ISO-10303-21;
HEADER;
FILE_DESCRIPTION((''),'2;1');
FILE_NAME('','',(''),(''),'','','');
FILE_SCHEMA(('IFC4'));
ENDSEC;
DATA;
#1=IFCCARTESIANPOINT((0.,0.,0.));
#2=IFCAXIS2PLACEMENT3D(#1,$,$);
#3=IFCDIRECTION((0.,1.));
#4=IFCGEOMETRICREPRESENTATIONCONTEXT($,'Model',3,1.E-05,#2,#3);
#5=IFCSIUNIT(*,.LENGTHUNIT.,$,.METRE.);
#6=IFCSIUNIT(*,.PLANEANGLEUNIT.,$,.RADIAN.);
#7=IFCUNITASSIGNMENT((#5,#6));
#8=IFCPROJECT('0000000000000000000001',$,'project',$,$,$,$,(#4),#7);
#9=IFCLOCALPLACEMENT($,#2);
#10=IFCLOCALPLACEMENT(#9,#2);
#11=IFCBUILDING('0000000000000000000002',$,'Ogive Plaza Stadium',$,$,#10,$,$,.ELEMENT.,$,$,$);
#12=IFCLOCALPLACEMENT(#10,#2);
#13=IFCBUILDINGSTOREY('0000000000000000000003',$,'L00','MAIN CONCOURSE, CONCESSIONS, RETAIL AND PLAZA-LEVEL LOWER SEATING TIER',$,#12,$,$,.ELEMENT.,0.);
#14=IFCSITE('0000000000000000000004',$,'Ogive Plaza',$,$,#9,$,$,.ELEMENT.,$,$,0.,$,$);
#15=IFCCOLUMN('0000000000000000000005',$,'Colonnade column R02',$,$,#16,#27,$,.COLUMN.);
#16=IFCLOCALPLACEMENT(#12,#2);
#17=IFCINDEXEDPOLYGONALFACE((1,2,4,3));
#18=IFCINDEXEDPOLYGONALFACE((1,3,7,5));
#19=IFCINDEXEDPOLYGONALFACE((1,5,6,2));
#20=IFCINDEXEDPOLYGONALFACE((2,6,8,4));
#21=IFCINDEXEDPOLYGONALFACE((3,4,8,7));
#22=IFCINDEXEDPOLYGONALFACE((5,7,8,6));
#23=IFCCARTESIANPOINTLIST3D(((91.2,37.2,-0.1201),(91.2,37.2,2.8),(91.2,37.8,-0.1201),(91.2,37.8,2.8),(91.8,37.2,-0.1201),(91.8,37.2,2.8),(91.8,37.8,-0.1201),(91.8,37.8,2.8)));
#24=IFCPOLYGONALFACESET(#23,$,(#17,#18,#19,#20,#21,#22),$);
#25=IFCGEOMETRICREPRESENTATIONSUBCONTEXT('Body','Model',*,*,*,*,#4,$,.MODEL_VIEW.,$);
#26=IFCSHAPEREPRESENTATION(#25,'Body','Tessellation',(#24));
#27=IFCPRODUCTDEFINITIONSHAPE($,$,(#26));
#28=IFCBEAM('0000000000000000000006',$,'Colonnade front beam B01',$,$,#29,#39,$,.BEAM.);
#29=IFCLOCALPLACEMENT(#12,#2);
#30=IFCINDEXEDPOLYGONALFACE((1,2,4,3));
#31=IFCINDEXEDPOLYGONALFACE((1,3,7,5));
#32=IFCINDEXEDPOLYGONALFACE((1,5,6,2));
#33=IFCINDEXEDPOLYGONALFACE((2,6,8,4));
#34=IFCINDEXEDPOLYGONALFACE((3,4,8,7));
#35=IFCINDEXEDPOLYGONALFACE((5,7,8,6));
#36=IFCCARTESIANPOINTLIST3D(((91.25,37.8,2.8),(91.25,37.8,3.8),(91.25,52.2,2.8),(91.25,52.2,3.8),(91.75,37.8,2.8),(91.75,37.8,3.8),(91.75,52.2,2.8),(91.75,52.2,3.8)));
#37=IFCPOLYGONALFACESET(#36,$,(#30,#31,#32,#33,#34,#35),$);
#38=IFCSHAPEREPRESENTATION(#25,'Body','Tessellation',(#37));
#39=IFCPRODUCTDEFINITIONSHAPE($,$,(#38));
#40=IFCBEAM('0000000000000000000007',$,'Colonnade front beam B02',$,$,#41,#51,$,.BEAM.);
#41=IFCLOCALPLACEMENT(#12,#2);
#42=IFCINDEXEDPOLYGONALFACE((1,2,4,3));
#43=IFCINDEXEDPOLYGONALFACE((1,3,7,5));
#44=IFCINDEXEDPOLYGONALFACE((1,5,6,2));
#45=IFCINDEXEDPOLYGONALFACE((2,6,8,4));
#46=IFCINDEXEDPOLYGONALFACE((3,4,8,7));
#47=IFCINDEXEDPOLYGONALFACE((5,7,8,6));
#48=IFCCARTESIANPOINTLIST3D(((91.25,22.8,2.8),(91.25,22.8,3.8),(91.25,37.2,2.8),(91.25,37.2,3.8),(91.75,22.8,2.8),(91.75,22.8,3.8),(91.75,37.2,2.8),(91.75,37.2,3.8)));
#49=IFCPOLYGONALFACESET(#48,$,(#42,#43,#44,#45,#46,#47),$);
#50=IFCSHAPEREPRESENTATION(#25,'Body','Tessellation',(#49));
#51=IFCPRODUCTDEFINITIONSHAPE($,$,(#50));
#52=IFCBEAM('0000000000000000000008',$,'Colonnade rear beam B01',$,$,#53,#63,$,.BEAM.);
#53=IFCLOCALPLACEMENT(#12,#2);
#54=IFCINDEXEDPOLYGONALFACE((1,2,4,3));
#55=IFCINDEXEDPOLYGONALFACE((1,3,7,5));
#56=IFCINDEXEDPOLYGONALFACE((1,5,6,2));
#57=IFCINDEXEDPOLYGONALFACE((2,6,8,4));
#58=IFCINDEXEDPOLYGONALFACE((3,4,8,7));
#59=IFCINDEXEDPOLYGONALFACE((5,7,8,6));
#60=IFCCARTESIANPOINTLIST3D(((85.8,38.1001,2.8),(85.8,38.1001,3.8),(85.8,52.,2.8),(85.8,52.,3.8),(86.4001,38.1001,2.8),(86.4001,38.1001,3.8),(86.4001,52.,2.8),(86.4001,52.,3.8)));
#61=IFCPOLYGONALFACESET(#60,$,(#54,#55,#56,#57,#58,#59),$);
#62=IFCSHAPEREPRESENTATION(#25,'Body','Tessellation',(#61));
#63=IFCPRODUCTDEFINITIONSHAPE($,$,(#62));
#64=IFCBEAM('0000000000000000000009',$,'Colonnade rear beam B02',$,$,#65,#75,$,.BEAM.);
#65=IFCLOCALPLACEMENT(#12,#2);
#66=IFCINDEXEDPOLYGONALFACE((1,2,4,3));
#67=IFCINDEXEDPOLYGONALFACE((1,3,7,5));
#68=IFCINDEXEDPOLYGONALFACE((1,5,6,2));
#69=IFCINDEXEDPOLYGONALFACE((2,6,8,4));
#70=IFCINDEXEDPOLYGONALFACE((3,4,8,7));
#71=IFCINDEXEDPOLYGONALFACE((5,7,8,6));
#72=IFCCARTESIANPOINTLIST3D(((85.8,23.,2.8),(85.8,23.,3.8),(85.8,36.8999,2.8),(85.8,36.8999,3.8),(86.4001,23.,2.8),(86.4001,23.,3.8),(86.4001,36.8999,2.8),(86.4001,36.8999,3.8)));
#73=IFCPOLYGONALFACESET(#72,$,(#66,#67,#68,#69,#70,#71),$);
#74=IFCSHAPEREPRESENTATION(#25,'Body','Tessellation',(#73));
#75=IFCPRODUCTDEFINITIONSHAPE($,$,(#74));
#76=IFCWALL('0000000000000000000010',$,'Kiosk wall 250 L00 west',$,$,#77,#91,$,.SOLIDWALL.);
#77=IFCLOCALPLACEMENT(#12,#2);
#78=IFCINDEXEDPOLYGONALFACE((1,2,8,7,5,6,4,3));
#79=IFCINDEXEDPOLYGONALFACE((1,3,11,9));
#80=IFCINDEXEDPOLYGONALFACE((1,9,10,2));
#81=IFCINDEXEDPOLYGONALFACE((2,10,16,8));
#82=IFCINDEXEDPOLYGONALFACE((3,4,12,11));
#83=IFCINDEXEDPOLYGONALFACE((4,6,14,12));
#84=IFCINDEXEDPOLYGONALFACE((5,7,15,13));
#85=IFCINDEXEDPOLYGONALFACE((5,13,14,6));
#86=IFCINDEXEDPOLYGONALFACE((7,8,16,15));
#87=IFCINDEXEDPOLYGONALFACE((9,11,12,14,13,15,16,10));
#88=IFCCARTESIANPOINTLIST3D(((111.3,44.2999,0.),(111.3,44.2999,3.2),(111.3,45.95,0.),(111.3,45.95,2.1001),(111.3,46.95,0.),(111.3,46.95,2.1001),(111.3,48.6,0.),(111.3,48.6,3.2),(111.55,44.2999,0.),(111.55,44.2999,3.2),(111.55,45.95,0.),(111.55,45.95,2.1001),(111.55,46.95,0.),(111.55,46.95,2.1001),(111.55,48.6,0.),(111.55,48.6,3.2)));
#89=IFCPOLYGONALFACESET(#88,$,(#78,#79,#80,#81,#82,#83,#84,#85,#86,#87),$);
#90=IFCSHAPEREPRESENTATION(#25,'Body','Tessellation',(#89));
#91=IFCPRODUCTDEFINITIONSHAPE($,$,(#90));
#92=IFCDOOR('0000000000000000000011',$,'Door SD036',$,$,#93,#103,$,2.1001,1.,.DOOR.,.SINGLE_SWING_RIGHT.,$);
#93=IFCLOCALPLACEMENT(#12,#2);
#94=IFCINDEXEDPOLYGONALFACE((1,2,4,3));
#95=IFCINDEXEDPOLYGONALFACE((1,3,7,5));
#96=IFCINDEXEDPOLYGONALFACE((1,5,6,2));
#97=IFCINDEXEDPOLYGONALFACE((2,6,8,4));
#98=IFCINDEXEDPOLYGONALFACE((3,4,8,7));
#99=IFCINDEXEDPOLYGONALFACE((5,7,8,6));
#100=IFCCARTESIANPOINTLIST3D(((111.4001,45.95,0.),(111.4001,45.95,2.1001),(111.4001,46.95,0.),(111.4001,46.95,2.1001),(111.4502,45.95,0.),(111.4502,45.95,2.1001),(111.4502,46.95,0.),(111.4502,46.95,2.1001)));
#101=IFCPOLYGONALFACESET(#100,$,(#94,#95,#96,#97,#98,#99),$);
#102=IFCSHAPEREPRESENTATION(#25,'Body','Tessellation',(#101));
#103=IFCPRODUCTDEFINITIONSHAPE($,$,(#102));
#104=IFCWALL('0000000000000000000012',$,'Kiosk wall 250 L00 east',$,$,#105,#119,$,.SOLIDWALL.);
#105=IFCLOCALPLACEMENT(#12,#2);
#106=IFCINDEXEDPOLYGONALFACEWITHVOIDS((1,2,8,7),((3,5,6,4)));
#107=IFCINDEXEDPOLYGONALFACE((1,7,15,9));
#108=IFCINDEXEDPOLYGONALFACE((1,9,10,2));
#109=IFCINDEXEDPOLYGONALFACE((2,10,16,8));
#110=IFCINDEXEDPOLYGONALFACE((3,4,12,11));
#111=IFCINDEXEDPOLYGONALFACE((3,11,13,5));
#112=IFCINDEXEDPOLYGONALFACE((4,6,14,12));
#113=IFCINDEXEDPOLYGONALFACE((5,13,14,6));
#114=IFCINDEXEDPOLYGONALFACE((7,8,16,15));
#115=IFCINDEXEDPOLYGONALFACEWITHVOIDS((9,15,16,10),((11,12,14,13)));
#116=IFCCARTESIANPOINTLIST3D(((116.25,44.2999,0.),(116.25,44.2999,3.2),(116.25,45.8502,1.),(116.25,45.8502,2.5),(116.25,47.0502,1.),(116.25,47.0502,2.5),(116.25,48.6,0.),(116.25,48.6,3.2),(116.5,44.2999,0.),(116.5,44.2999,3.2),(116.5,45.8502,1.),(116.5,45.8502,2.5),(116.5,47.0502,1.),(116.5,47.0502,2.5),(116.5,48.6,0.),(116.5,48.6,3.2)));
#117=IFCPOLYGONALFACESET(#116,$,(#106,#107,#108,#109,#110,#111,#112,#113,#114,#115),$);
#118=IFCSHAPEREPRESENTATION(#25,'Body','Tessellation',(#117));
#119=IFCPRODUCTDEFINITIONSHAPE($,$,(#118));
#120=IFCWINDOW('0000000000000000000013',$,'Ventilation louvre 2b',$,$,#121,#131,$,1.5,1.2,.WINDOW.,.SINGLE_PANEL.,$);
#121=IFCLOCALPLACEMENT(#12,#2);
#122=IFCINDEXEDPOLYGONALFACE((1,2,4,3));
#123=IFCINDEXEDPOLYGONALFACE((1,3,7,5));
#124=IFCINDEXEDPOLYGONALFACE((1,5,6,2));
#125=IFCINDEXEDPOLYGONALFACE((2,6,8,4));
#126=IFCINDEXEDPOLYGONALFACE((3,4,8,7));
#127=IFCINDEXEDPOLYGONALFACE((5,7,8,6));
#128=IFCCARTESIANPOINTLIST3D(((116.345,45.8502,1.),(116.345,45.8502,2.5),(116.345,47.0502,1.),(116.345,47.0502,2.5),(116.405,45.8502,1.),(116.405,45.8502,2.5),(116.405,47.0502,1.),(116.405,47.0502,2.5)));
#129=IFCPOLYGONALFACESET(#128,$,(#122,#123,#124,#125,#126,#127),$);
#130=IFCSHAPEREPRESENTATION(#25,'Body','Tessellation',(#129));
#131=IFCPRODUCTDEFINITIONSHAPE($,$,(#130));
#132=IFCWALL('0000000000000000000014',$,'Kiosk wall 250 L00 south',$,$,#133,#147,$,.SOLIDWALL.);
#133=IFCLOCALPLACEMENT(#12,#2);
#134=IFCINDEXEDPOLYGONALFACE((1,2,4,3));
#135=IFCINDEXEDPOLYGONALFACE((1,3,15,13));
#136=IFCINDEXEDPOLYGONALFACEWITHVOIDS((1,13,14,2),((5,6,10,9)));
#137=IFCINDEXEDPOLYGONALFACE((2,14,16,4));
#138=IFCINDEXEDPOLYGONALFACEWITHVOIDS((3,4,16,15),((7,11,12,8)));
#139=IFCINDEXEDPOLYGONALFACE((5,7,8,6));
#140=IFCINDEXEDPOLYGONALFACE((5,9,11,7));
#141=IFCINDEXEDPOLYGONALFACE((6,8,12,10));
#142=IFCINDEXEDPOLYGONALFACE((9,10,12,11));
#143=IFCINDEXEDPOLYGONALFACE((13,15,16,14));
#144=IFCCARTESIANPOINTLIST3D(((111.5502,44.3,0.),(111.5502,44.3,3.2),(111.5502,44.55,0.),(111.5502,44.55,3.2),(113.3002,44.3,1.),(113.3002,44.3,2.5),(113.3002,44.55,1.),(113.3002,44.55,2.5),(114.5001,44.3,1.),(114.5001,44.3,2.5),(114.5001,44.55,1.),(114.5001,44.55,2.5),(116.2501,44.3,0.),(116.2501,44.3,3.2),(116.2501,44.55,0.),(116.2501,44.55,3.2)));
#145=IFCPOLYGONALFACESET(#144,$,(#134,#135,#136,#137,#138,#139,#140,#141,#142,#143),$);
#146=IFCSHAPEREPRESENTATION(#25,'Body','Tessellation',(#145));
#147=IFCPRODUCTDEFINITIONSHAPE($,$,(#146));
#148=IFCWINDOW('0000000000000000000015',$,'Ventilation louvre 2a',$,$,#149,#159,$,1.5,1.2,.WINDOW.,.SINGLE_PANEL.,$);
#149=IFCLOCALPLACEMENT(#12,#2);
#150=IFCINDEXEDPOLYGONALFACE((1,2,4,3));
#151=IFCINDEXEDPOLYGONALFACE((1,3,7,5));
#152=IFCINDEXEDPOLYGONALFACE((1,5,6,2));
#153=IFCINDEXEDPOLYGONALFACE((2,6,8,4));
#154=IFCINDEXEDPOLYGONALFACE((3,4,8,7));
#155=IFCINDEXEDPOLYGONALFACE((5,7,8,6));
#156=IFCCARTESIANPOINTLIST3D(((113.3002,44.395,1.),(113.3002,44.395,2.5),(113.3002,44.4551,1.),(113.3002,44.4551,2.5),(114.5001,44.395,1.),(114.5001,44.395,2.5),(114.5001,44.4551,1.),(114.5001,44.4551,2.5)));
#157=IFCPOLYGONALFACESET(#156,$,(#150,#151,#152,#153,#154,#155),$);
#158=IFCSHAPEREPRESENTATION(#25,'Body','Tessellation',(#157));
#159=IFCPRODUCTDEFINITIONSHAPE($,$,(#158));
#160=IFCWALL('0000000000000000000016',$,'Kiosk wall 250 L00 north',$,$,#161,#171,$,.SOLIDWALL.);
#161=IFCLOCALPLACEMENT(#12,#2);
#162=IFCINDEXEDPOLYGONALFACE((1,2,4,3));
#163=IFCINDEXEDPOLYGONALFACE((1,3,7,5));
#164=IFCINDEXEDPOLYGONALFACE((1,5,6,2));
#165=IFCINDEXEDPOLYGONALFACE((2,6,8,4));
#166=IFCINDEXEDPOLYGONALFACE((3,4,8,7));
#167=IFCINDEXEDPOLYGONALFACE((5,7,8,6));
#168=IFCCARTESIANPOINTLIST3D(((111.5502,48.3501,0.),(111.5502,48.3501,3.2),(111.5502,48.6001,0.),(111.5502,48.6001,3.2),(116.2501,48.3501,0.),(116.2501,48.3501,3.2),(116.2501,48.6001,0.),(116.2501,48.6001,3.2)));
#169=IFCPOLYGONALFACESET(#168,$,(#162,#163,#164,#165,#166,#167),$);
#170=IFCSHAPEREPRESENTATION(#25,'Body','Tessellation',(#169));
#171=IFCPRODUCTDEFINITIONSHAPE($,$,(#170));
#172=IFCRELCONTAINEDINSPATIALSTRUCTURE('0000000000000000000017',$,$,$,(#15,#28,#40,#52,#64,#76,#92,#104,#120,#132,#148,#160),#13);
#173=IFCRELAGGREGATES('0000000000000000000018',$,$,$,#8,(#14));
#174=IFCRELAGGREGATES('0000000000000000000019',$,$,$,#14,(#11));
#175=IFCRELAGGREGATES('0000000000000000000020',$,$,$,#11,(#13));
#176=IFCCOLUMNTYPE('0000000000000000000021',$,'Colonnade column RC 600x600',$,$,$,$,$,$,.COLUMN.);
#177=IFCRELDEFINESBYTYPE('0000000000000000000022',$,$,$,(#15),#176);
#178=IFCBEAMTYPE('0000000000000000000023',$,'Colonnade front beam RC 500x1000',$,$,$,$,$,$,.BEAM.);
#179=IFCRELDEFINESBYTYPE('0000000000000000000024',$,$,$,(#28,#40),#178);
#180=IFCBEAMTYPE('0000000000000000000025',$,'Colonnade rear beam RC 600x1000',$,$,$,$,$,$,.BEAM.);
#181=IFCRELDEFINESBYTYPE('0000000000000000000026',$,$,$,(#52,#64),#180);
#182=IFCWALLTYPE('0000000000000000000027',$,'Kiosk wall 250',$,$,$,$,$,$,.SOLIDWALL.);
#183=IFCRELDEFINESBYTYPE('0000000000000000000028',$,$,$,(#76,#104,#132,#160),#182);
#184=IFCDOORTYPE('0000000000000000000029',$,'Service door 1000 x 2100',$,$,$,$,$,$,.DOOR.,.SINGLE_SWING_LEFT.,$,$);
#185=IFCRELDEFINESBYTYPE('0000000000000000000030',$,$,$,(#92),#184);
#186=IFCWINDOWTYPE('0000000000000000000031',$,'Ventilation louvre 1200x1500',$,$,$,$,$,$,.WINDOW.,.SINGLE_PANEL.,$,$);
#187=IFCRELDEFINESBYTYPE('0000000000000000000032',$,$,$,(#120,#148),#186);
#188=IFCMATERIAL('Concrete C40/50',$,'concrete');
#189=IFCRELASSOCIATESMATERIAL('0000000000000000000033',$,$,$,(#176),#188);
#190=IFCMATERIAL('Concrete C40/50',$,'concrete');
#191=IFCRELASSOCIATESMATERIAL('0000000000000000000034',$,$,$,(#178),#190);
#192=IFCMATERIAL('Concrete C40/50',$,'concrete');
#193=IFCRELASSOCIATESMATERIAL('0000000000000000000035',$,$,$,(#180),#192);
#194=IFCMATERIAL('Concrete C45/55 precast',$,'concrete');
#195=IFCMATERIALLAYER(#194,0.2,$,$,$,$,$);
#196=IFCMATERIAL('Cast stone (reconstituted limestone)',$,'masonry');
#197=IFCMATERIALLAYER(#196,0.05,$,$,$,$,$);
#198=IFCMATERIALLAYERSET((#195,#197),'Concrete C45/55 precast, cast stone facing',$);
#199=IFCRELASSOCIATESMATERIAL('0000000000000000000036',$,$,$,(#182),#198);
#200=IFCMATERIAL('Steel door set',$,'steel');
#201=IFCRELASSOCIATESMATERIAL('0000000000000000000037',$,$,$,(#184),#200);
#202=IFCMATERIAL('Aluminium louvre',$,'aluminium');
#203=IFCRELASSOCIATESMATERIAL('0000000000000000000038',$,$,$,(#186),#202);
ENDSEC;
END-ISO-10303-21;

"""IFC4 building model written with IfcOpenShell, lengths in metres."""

from ifc_helpers import new_model, si_unit, direction, frame, frame_2d, origin, origin_2d, place, context, subcontext, project, spatial, rectangle, extrude, material, layer, layer_set, material_profile, profile_set, type_object, element, fill, save


model = new_model("IFC4")

# Units and contexts
model_context = context("Model", 3, precision=1e-05, world=origin(), true_north=direction((0.0, 1.0)))
body_context = subcontext(model_context, "Body", "Model", "MODEL_VIEW")
ifc_project = project(units=[si_unit("LENGTHUNIT", "METRE"), si_unit("PLANEANGLEUNIT", "RADIAN")], contexts=[model_context])

# Site, building, storey
site_placement = place(None, origin())
site = spatial("IfcSite", under=ifc_project, at=site_placement, Name="Ogive Plaza", CompositionType="ELEMENT", RefElevation=0.0)
building_placement = place(site_placement, origin())
building = spatial("IfcBuilding", under=site, at=building_placement, Name="Ogive Plaza Stadium", CompositionType="ELEMENT")
storey_placement = place(building_placement, origin())
storey = spatial("IfcBuildingStorey", under=building, at=storey_placement, Name="L00", Description="MAIN CONCOURSE, CONCESSIONS, RETAIL AND PLAZA-LEVEL LOWER SEATING TIER", CompositionType="ELEMENT", Elevation=0.0)

# Column
ifc_material_1 = material(Name="Concrete C40/50", Category="concrete")
ifc_material_profile_1 = material_profile(ifc_material_1, rectangle(XDim=0.6001, YDim=0.6001, at=origin_2d()), Name="RC 600x600")
ifc_profile_set_1 = profile_set([ifc_material_profile_1], Name="Concrete C40/50")
column_type = type_object("IfcColumnType", Name="Colonnade column RC 600x600", PredefinedType="COLUMN", material=ifc_profile_set_1)
column_placement = place(storey_placement, frame((91.5, 37.5, -0.1201), z_axis=(0.0, 0.0, 1.0), x_axis=(1.0, 0.0, 0.0)))
element("IfcColumn", 1, at=column_placement, inside=storey, type_object=column_type, Name="Colonnade column R02", PredefinedType="COLUMN", context=body_context, shape_type="SweptSolid", body=[
    extrude(rectangle(XDim=0.6001, YDim=0.6001, at=origin_2d()), origin(), (0.0, 0.0, 1.0), 2.9202),
])

# Beams
ifc_material_2 = material(Name="Concrete C40/50", Category="concrete")
ifc_material_profile_2 = material_profile(ifc_material_2, rectangle(XDim=0.5, YDim=1.0, at=origin_2d()), Name="RC 500x1000")
ifc_profile_set_2 = profile_set([ifc_material_profile_2], Name="Concrete C40/50")
beam_type_1 = type_object("IfcBeamType", Name="Colonnade front beam RC 500x1000", PredefinedType="BEAM", material=ifc_profile_set_2)
for number, where, z_axis, x_axis, name in (
    (2, (91.5, 52.2, 3.3), (0.0, -1.0, 0.0), (1.0, 0.0, 0.0), "Colonnade front beam B01"),
    (3, (91.5, 37.2, 3.3), (0.0, -1.0, 0.0), (1.0, 0.0, 0.0), "Colonnade front beam B02"),
):
    element("IfcBeam", number, at=place(storey_placement, frame(where, z_axis=z_axis, x_axis=x_axis)), inside=storey, type_object=beam_type_1, Name=name, PredefinedType="BEAM", context=body_context, shape_type="SweptSolid", body=[
        extrude(rectangle(XDim=0.5, YDim=1.0, at=origin_2d()), origin(), (0.0, 0.0, 1.0), 14.3999),
    ])
ifc_material_3 = material(Name="Concrete C40/50", Category="concrete")
ifc_material_profile_3 = material_profile(ifc_material_3, rectangle(XDim=0.6001, YDim=1.0, at=origin_2d()), Name="RC 600x1000")
ifc_profile_set_3 = profile_set([ifc_material_profile_3], Name="Concrete C40/50")
beam_type_2 = type_object("IfcBeamType", Name="Colonnade rear beam RC 600x1000", PredefinedType="BEAM", material=ifc_profile_set_3)
for number, where, z_axis, x_axis, name in (
    (4, (86.1001, 52.0, 3.3), (0.0, -1.0, 0.0), (1.0, 0.0, 0.0), "Colonnade rear beam B01"),
    (5, (86.1001, 36.8999, 3.3), (0.0, -1.0, 0.0), (1.0, 0.0, 0.0), "Colonnade rear beam B02"),
):
    element("IfcBeam", number, at=place(storey_placement, frame(where, z_axis=z_axis, x_axis=x_axis)), inside=storey, type_object=beam_type_2, Name=name, PredefinedType="BEAM", context=body_context, shape_type="SweptSolid", body=[
        extrude(rectangle(XDim=0.6001, YDim=1.0, at=origin_2d()), origin(), (0.0, 0.0, 1.0), 13.8999),
    ])

# Wall, opening, door
ifc_material_4 = material(Name="Concrete C45/55 precast", Category="concrete")
ifc_layer_1 = layer(ifc_material_4, 0.2)
ifc_material_5 = material(Name="Cast stone (reconstituted limestone)", Category="masonry")
ifc_layer_2 = layer(ifc_material_5, 0.05)
ifc_layer_set_1 = layer_set([ifc_layer_1, ifc_layer_2], Name="Concrete C45/55 precast, cast stone facing")
wall_type_1 = type_object("IfcWallType", Name="Kiosk wall 250", PredefinedType="SOLIDWALL", material=ifc_layer_set_1)
wall_1_placement = place(storey_placement, frame((111.425, 44.3, 0.0), z_axis=(0.0, 0.0, 1.0), x_axis=(0.0, 1.0, 0.0)))
wall_1 = element("IfcWall", 6, at=wall_1_placement, inside=storey, type_object=wall_type_1, Name="Kiosk wall 250 L00 west", PredefinedType="SOLIDWALL", context=body_context, shape_type="SweptSolid", body=[
    extrude(rectangle(XDim=4.3, YDim=0.25, at=frame_2d((2.1499, 0.0))), origin(), (0.0, 0.0, 1.0), 3.2),
])
opening_1_placement = place(wall_1_placement, frame((1.6499, 0.0, 0.0)))
opening_1 = element("IfcOpeningElement", 7, at=opening_1_placement, cuts=wall_1, PredefinedType="OPENING", context=body_context, shape_type="SweptSolid", body=[
    extrude(rectangle(XDim=1.0, YDim=2.1001, at=frame_2d((0.5, 1.05))), frame((0.0, 0.125, 0.0), z_axis=(0.0, -1.0, 0.0), x_axis=(1.0, 0.0, 0.0)), (0.0, 0.0, 1.0), 0.25),
])
ifc_material_6 = material(Name="Steel door set", Category="steel")
door_type = type_object("IfcDoorType", Name="Service door 1000 x 2100", OperationType="SINGLE_SWING_LEFT", PredefinedType="DOOR", material=ifc_material_6)
door_placement = place(opening_1_placement, origin())
door = element("IfcDoor", 8, at=door_placement, inside=storey, type_object=door_type, Name="Door SD036", OperationType="SINGLE_SWING_RIGHT", OverallHeight=2.1001, OverallWidth=1.0, PredefinedType="DOOR", context=body_context, shape_type="SweptSolid", body=[
    extrude(rectangle(XDim=1.0, YDim=2.1001, at=frame_2d((0.5, 1.05))), frame((0.0, 0.0249, 0.0), z_axis=(0.0, -1.0, 0.0), x_axis=(1.0, 0.0, 0.0)), (0.0, 0.0, 1.0), 0.05),
])
fill(opening_1, door)

# Walls, openings, windows
wall_2_placement = place(storey_placement, frame((116.375, 44.3, 0.0), z_axis=(0.0, 0.0, 1.0), x_axis=(0.0, 1.0, 0.0)))
wall_2 = element("IfcWall", 9, at=wall_2_placement, inside=storey, type_object=wall_type_1, Name="Kiosk wall 250 L00 east", PredefinedType="SOLIDWALL", context=body_context, shape_type="SweptSolid", body=[
    extrude(rectangle(XDim=4.3, YDim=0.25, at=frame_2d((2.1499, 0.0))), origin(), (0.0, 0.0, 1.0), 3.2),
])
opening_2_placement = place(wall_2_placement, frame((1.55, 0.0, 1.0)))
opening_2 = element("IfcOpeningElement", 10, at=opening_2_placement, cuts=wall_2, PredefinedType="OPENING", context=body_context, shape_type="SweptSolid", body=[
    extrude(rectangle(XDim=1.2, YDim=1.5, at=frame_2d((0.6001, 0.75))), frame((0.0, 0.125, 0.0), z_axis=(0.0, -1.0, 0.0), x_axis=(1.0, 0.0, 0.0)), (0.0, 0.0, 1.0), 0.25),
])
ifc_material_7 = material(Name="Aluminium louvre", Category="aluminium")
window_type = type_object("IfcWindowType", Name="Ventilation louvre 1200x1500", PartitioningType="SINGLE_PANEL", PredefinedType="WINDOW", material=ifc_material_7)
window_1_placement = place(opening_2_placement, origin())
window_1 = element("IfcWindow", 11, at=window_1_placement, inside=storey, type_object=window_type, Name="Ventilation louvre 2b", OverallHeight=1.5, OverallWidth=1.2, PartitioningType="SINGLE_PANEL", PredefinedType="WINDOW", context=body_context, shape_type="SweptSolid", body=[
    extrude(rectangle(XDim=1.2, YDim=1.5, at=frame_2d((0.6001, 0.75))), frame((0.0, 0.03, 0.0), z_axis=(0.0, -1.0, 0.0), x_axis=(1.0, 0.0, 0.0)), (0.0, 0.0, 1.0), 0.0601),
])
fill(opening_2, window_1)
wall_3_placement = place(storey_placement, frame((111.55, 44.425, 0.0), z_axis=(0.0, 0.0, 1.0), x_axis=(1.0, 0.0, 0.0)))
wall_3 = element("IfcWall", 12, at=wall_3_placement, inside=storey, type_object=wall_type_1, Name="Kiosk wall 250 L00 south", PredefinedType="SOLIDWALL", context=body_context, shape_type="SweptSolid", body=[
    extrude(rectangle(XDim=4.7, YDim=0.25, at=frame_2d((2.3501, 0.0))), origin(), (0.0, 0.0, 1.0), 3.2),
])
opening_3_placement = place(wall_3_placement, frame((1.75, 0.0, 1.0)))
opening_3 = element("IfcOpeningElement", 13, at=opening_3_placement, cuts=wall_3, PredefinedType="OPENING", context=body_context, shape_type="SweptSolid", body=[
    extrude(rectangle(XDim=1.2, YDim=1.5, at=frame_2d((0.6001, 0.75))), frame((0.0, 0.125, 0.0), z_axis=(0.0, -1.0, 0.0), x_axis=(1.0, 0.0, 0.0)), (0.0, 0.0, 1.0), 0.25),
])
window_2_placement = place(opening_3_placement, origin())
window_2 = element("IfcWindow", 14, at=window_2_placement, inside=storey, type_object=window_type, Name="Ventilation louvre 2a", OverallHeight=1.5, OverallWidth=1.2, PartitioningType="SINGLE_PANEL", PredefinedType="WINDOW", context=body_context, shape_type="SweptSolid", body=[
    extrude(rectangle(XDim=1.2, YDim=1.5, at=frame_2d((0.6001, 0.75))), frame((0.0, 0.03, 0.0), z_axis=(0.0, -1.0, 0.0), x_axis=(1.0, 0.0, 0.0)), (0.0, 0.0, 1.0), 0.0601),
])
fill(opening_3, window_2)

# Wall
wall_4_placement = place(storey_placement, frame((111.55, 48.4751, 0.0), z_axis=(0.0, 0.0, 1.0), x_axis=(1.0, 0.0, 0.0)))
element("IfcWall", 15, at=wall_4_placement, inside=storey, type_object=wall_type_1, Name="Kiosk wall 250 L00 north", PredefinedType="SOLIDWALL", context=body_context, shape_type="SweptSolid", body=[
    extrude(rectangle(XDim=4.7, YDim=0.25, at=frame_2d((2.3501, 0.0))), origin(), (0.0, 0.0, 1.0), 3.2),
])

save(model, "model.ifc")
